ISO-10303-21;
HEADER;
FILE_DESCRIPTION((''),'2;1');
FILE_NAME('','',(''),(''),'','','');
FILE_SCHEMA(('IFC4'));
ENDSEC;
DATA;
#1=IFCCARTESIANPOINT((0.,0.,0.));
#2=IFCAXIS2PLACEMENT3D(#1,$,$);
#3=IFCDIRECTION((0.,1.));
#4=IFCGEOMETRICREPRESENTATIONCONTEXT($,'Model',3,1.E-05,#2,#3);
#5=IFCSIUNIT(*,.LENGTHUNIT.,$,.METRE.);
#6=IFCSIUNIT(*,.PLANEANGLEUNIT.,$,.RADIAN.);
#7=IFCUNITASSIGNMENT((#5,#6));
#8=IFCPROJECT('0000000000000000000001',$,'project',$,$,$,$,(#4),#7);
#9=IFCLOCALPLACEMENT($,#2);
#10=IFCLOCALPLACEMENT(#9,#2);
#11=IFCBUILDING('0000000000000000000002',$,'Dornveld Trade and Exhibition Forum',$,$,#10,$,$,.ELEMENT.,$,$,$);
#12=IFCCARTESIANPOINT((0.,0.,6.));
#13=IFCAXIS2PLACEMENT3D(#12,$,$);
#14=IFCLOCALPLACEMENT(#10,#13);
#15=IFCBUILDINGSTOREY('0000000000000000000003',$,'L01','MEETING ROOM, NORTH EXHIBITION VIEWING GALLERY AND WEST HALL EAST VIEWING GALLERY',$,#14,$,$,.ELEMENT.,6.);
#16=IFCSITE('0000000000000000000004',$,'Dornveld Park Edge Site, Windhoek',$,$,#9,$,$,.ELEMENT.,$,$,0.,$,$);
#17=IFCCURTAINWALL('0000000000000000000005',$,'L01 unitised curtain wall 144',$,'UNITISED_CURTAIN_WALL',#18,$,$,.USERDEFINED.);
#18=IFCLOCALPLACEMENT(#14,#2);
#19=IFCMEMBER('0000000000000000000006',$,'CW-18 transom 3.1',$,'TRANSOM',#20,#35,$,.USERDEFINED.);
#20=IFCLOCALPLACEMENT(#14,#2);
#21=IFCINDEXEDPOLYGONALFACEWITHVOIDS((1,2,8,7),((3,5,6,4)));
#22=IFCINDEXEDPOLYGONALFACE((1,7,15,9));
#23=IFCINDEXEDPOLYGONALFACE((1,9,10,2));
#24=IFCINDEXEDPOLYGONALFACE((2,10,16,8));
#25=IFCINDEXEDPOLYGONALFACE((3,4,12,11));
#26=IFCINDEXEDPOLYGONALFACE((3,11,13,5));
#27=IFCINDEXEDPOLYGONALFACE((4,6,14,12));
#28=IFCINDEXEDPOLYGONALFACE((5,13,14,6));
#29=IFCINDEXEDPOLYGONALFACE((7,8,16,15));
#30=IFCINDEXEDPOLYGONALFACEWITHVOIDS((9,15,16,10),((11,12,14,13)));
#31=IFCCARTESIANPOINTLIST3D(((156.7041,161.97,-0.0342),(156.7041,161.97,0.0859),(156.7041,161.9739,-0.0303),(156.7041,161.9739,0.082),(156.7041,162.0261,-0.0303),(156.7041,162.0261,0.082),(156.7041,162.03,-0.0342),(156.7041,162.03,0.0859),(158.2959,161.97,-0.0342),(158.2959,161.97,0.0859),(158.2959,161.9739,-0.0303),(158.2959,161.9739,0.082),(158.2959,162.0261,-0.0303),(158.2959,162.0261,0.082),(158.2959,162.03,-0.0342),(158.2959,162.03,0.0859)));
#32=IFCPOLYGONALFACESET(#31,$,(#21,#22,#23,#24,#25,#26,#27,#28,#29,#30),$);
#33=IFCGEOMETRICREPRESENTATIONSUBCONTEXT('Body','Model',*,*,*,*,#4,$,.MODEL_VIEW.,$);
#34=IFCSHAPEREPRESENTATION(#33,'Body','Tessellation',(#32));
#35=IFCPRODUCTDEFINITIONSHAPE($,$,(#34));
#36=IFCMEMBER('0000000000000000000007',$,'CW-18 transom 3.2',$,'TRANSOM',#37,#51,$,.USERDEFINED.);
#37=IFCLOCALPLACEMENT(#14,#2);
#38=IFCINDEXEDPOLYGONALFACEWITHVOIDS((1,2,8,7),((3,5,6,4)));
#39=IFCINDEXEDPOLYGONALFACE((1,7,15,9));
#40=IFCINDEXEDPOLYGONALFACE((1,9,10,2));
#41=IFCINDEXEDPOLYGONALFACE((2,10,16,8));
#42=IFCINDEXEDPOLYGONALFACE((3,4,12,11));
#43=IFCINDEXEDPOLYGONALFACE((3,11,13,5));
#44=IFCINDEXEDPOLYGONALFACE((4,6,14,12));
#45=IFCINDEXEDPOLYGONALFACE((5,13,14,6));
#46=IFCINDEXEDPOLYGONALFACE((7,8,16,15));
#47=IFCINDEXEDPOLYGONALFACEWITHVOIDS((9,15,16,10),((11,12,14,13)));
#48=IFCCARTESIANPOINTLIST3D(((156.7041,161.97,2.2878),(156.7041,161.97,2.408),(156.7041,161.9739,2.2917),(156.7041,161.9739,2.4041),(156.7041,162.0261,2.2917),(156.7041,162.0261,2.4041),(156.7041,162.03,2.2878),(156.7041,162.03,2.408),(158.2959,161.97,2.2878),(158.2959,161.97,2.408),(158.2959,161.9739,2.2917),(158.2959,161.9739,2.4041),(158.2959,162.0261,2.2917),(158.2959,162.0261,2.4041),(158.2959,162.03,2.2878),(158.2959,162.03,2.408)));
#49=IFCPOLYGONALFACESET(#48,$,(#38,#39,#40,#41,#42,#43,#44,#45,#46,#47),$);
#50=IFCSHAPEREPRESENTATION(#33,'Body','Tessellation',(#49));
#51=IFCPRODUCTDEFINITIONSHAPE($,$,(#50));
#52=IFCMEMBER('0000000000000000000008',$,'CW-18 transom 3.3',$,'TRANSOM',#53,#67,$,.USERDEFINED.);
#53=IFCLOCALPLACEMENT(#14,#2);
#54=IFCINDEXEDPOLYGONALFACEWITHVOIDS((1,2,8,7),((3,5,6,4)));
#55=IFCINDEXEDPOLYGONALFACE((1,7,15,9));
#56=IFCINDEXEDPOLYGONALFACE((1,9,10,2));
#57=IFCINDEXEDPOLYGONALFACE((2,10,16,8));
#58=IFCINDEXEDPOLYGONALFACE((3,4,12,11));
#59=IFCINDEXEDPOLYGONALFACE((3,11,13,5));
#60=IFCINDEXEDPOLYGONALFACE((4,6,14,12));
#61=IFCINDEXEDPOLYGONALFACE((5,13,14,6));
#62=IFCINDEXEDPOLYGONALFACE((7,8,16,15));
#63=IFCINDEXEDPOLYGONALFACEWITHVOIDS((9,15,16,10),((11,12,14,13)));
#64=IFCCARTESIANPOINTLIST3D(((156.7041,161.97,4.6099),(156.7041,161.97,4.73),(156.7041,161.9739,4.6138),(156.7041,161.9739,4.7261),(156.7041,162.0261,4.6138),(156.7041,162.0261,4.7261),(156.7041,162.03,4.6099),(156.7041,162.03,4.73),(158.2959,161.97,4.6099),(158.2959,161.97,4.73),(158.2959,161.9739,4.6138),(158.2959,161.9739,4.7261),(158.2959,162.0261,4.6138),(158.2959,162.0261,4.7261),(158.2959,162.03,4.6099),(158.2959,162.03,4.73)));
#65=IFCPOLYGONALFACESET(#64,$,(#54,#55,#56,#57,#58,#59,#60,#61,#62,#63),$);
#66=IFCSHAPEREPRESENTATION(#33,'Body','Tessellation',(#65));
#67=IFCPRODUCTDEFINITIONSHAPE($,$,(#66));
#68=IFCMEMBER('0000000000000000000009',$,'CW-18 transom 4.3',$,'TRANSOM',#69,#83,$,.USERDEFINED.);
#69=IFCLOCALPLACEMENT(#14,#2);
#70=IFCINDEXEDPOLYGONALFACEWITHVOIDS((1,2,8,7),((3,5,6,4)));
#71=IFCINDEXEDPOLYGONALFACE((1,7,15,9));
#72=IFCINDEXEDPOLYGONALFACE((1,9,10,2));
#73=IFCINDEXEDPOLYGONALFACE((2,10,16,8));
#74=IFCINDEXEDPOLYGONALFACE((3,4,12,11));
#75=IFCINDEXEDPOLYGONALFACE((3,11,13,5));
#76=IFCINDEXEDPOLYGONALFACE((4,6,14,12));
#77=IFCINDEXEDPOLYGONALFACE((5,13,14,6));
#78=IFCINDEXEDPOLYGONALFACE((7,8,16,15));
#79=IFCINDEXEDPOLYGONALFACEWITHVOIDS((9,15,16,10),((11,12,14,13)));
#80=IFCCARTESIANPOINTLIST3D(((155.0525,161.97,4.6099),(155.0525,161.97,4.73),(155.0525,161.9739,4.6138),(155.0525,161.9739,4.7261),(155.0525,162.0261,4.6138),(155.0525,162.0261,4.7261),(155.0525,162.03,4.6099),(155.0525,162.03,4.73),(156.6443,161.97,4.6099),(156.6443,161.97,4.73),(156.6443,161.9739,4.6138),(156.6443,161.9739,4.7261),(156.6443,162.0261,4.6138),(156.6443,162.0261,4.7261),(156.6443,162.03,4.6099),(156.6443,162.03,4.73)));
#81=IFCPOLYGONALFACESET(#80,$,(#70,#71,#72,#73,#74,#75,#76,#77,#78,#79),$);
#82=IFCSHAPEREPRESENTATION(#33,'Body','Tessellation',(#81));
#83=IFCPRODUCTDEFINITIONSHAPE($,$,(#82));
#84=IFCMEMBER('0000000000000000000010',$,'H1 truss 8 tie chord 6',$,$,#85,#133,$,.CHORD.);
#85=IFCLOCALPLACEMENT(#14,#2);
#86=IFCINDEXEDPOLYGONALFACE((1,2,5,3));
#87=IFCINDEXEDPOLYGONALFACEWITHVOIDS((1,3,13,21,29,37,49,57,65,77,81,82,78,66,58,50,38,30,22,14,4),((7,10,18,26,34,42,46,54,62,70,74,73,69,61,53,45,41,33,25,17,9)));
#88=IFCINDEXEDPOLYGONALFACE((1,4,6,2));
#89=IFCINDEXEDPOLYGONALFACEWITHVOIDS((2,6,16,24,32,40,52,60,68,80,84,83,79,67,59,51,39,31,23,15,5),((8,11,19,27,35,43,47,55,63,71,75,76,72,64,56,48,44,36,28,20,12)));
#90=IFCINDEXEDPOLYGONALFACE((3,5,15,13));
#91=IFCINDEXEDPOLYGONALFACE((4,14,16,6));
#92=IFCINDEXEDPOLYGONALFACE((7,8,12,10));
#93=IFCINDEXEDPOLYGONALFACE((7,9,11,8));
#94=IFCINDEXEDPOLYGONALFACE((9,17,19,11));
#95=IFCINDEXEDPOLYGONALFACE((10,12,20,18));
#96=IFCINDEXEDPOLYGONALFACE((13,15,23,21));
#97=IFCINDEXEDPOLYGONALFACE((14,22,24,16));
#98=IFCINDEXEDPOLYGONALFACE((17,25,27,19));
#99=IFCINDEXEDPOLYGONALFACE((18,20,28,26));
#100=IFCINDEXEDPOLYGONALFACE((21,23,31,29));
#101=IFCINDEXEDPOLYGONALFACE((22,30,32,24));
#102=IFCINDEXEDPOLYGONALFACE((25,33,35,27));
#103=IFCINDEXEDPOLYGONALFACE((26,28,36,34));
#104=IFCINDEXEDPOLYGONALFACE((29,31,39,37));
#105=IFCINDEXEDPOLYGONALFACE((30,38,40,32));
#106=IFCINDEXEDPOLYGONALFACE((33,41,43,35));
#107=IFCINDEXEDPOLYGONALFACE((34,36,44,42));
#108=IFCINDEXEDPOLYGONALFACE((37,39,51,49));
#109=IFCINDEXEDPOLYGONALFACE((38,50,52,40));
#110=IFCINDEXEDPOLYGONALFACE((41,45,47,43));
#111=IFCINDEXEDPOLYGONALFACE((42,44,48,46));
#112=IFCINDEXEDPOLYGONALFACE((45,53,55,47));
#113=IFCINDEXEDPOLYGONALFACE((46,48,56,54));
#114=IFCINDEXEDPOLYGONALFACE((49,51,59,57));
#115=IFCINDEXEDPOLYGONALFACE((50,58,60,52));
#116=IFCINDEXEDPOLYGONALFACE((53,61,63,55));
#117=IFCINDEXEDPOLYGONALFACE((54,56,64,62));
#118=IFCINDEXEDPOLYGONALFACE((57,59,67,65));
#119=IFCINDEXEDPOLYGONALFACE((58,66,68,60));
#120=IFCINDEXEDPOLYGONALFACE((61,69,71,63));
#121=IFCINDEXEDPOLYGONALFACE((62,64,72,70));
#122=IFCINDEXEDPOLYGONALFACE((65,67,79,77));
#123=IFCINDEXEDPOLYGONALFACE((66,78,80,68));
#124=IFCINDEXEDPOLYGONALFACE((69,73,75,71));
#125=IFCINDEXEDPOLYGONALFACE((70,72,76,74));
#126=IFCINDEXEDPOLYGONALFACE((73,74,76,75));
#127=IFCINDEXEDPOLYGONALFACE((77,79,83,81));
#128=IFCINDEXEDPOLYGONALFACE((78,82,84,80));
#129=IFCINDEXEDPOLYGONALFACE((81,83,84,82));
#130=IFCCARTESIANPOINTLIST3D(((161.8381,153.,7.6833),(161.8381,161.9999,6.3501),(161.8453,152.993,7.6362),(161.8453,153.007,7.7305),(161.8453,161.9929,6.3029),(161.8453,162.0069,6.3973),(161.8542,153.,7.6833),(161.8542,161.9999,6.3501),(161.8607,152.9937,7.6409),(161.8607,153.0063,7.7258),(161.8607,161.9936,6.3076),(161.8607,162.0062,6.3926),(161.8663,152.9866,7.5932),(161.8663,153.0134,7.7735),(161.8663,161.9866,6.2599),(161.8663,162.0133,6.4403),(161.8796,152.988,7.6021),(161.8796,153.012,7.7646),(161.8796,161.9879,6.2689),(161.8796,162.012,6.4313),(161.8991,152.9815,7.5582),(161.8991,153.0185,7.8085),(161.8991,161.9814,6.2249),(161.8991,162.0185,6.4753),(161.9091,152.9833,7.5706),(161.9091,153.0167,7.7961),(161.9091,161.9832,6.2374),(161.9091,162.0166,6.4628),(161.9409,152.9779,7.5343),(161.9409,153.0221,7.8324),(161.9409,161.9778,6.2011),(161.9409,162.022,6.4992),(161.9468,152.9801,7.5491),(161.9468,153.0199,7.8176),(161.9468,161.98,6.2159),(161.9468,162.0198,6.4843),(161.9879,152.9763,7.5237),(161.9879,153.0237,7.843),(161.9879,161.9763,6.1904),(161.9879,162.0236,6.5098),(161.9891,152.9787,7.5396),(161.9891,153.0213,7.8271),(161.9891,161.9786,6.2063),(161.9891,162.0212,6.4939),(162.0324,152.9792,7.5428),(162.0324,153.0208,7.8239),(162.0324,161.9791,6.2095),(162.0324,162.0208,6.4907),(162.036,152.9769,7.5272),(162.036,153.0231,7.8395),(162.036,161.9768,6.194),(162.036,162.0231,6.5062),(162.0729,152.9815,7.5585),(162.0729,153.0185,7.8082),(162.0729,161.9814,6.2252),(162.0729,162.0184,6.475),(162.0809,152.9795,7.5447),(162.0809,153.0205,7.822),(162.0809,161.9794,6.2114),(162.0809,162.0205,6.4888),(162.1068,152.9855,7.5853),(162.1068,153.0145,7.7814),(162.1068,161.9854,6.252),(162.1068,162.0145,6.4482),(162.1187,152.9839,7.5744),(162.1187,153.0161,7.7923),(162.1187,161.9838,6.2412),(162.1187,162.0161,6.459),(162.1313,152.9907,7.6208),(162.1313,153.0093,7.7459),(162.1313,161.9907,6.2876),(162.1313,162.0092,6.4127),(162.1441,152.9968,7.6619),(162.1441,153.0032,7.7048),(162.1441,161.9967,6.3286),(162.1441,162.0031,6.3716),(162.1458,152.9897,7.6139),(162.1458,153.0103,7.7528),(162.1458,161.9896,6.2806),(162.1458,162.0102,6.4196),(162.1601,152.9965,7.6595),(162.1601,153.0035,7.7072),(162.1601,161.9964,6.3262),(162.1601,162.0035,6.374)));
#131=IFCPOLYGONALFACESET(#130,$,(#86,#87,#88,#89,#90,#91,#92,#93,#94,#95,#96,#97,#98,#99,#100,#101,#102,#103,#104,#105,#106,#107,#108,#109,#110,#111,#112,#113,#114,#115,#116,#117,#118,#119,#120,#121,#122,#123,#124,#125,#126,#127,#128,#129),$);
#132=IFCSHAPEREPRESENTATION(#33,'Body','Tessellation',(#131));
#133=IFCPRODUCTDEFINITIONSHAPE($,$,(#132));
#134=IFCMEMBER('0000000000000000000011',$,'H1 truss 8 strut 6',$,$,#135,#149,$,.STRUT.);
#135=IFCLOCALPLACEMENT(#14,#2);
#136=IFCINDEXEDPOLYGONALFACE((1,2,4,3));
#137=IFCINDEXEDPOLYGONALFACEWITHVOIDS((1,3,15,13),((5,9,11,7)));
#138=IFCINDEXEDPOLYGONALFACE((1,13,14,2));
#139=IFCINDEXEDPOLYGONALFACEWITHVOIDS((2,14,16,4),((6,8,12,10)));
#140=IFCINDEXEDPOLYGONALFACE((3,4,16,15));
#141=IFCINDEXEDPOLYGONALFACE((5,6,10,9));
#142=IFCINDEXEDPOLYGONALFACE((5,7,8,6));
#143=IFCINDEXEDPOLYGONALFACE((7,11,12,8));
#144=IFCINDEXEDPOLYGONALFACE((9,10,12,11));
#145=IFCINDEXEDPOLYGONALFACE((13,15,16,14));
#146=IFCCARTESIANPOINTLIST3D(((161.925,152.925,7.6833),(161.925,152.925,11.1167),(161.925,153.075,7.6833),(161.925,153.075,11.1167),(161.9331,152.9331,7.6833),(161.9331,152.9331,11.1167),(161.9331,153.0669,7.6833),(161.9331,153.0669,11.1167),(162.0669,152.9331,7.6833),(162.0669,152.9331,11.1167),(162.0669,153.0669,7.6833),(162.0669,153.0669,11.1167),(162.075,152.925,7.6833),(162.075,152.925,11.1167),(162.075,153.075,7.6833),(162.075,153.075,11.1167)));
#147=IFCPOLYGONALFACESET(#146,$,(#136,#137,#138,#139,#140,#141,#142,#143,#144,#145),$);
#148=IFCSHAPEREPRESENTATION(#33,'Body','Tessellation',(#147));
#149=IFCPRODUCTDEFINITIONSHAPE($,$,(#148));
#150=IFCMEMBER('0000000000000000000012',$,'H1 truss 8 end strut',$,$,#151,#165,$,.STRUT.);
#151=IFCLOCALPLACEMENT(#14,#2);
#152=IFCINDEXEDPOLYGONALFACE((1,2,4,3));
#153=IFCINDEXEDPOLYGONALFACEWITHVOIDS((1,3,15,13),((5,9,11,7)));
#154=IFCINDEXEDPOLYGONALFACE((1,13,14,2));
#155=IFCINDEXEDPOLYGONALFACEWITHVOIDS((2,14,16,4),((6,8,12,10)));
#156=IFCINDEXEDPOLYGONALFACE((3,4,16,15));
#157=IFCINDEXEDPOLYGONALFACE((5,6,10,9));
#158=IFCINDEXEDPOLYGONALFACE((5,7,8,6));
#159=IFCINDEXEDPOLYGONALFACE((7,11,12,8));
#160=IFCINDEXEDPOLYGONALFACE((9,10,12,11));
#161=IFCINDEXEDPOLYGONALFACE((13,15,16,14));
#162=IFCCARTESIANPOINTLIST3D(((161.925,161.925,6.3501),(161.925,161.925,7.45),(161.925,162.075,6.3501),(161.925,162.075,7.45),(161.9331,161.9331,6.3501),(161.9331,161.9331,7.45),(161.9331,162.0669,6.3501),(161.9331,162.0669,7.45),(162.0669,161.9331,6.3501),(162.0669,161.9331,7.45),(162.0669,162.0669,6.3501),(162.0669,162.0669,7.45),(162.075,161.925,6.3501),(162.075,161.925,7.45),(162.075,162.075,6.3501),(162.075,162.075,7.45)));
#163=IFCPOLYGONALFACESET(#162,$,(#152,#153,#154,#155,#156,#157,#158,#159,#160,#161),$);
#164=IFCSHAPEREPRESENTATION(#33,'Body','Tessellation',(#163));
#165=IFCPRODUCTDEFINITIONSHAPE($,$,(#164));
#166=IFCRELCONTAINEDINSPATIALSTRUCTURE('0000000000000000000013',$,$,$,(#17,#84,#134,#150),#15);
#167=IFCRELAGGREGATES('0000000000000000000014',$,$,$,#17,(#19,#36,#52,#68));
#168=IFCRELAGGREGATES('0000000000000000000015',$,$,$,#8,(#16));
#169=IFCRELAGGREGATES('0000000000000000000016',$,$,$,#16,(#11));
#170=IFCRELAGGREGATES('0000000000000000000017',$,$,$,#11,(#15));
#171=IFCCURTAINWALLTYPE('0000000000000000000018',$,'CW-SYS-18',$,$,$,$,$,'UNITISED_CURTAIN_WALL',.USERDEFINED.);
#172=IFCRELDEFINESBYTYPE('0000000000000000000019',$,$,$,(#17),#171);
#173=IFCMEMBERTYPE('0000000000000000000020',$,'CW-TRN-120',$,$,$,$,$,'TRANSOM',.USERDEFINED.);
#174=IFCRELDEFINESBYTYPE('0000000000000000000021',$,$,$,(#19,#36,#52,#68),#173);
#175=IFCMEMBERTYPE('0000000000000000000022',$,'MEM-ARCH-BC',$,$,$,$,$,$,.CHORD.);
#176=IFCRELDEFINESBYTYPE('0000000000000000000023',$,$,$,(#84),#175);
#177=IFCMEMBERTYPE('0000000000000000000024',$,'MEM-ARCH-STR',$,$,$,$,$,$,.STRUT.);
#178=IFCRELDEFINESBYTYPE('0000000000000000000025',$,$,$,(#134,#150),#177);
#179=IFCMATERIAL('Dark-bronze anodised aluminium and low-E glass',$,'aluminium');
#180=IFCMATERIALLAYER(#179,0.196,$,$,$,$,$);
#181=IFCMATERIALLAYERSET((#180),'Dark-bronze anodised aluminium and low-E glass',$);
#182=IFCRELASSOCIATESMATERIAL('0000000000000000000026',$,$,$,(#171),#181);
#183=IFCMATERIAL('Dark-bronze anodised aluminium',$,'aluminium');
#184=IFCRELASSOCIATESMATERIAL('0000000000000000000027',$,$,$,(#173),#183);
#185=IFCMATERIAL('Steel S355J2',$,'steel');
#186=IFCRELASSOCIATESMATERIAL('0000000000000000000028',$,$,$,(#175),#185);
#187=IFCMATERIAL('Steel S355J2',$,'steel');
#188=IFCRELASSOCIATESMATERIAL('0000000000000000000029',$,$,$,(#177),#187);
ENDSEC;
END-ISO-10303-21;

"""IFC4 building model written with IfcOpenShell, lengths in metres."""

from ifc_helpers import new_model, si_unit, direction, frame, origin, origin_2d, place, context, subcontext, project, spatial, hollow_rectangle, hollow_circle, extrude, material, layer, layer_set, material_profile, profile_set, type_object, element, aggregate, save


model = new_model("IFC4")

# Units and contexts
model_context = context("Model", 3, precision=1e-05, world=origin(), true_north=direction((0.0, 1.0)))
body_context = subcontext(model_context, "Body", "Model", "MODEL_VIEW")
ifc_project = project(units=[si_unit("LENGTHUNIT", "METRE"), si_unit("PLANEANGLEUNIT", "RADIAN")], contexts=[model_context])

# Site, building, storey
site_placement = place(None, origin())
site = spatial("IfcSite", under=ifc_project, at=site_placement, Name="Dornveld Park Edge Site, Windhoek", CompositionType="ELEMENT", RefElevation=0.0)
building_placement = place(site_placement, origin())
building = spatial("IfcBuilding", under=site, at=building_placement, Name="Dornveld Trade and Exhibition Forum", CompositionType="ELEMENT")
storey_placement = place(building_placement, frame((0.0, 0.0, 6.0)))
storey = spatial("IfcBuildingStorey", under=building, at=storey_placement, Name="L01", Description="MEETING ROOM, NORTH EXHIBITION VIEWING GALLERY AND WEST HALL EAST VIEWING GALLERY", CompositionType="ELEMENT", Elevation=6.0)

# Curtain wall, members
ifc_material_1 = material(Name="Dark-bronze anodised aluminium and low-E glass", Category="aluminium")
ifc_layer_1 = layer(ifc_material_1, 0.196)
ifc_layer_set_1 = layer_set([ifc_layer_1], Name="Dark-bronze anodised aluminium and low-E glass")
curtain_wall_type = type_object("IfcCurtainWallType", Name="CW-SYS-18", ElementType="UNITISED_CURTAIN_WALL", PredefinedType="USERDEFINED", material=ifc_layer_set_1)
curtain_wall_placement = place(storey_placement, origin())
curtain_wall = element("IfcCurtainWall", 1, at=curtain_wall_placement, inside=storey, type_object=curtain_wall_type, Name="L01 unitised curtain wall 144", ObjectType="UNITISED_CURTAIN_WALL", PredefinedType="USERDEFINED")
ifc_material_2 = material(Name="Dark-bronze anodised aluminium", Category="aluminium")
ifc_material_profile_1 = material_profile(ifc_material_2, hollow_rectangle(XDim=0.0601, YDim=0.1201, WallThickness=0.0039, at=origin_2d()), Name="RHS 120x60x4")
ifc_profile_set_1 = profile_set([ifc_material_profile_1], Name="Dark-bronze anodised aluminium")
member_type_1 = type_object("IfcMemberType", Name="CW-TRN-120", ElementType="TRANSOM", PredefinedType="USERDEFINED", material=ifc_profile_set_1)
member_1_placement = place(storey_placement, frame((158.2959, 162.0, 0.0259), z_axis=(-1.0, 0.0, 0.0), x_axis=(0.0, -1.0, 0.0)))
member_1 = element("IfcMember", 2, at=member_1_placement, type_object=member_type_1, Name="CW-18 transom 3.1", ObjectType="TRANSOM", PredefinedType="USERDEFINED", context=body_context, shape_type="SweptSolid", body=[
    extrude(hollow_rectangle(XDim=0.0601, YDim=0.1201, WallThickness=0.0039, at=origin_2d()), origin(), (0.0, 0.0, 1.0), 1.5918),
])
member_2_placement = place(storey_placement, frame((158.2959, 162.0, 2.3479), z_axis=(-1.0, 0.0, 0.0), x_axis=(0.0, -1.0, 0.0)))
member_2 = element("IfcMember", 3, at=member_2_placement, type_object=member_type_1, Name="CW-18 transom 3.2", ObjectType="TRANSOM", PredefinedType="USERDEFINED", context=body_context, shape_type="SweptSolid", body=[
    extrude(hollow_rectangle(XDim=0.0601, YDim=0.1201, WallThickness=0.0039, at=origin_2d()), origin(), (0.0, 0.0, 1.0), 1.5918),
])
member_3_placement = place(storey_placement, frame((158.2959, 162.0, 4.6699), z_axis=(-1.0, 0.0, 0.0), x_axis=(0.0, -1.0, 0.0)))
member_3 = element("IfcMember", 4, at=member_3_placement, type_object=member_type_1, Name="CW-18 transom 3.3", ObjectType="TRANSOM", PredefinedType="USERDEFINED", context=body_context, shape_type="SweptSolid", body=[
    extrude(hollow_rectangle(XDim=0.0601, YDim=0.1201, WallThickness=0.0039, at=origin_2d()), origin(), (0.0, 0.0, 1.0), 1.5918),
])
member_4_placement = place(storey_placement, frame((156.6443, 162.0, 4.6699), z_axis=(-1.0, 0.0, 0.0), x_axis=(0.0, -1.0, 0.0)))
member_4 = element("IfcMember", 5, at=member_4_placement, type_object=member_type_1, Name="CW-18 transom 4.3", ObjectType="TRANSOM", PredefinedType="USERDEFINED", context=body_context, shape_type="SweptSolid", body=[
    extrude(hollow_rectangle(XDim=0.0601, YDim=0.1201, WallThickness=0.0039, at=origin_2d()), origin(), (0.0, 0.0, 1.0), 1.5918),
])

# Members
ifc_material_3 = material(Name="Steel S355J2", Category="steel")
ifc_material_profile_2 = material_profile(ifc_material_3, hollow_circle(Radius=0.1619, WallThickness=0.0161, at=origin_2d()), Name="CHS 323.9x16")
ifc_profile_set_2 = profile_set([ifc_material_profile_2], Name="Steel S355J2")
member_type_2 = type_object("IfcMemberType", Name="MEM-ARCH-BC", PredefinedType="CHORD", material=ifc_profile_set_2)
member_5_placement = place(storey_placement, frame((162.0, 153.0, 7.6833), z_axis=(0.0, 0.989205, -0.14654), x_axis=(-1.0, 0.0, 0.0)))
element("IfcMember", 6, at=member_5_placement, inside=storey, type_object=member_type_2, Name="H1 truss 8 tie chord 6", PredefinedType="CHORD", context=body_context, shape_type="SweptSolid", body=[
    extrude(hollow_circle(Radius=0.1619, WallThickness=0.0161, at=origin_2d()), origin(), (0.0, 0.0, 1.0), 9.0981),
])
ifc_material_4 = material(Name="Steel S355J2", Category="steel")
ifc_material_profile_3 = material_profile(ifc_material_4, hollow_rectangle(XDim=0.1499, YDim=0.1499, WallThickness=0.0081, at=origin_2d()), Name="SHS 150x150x8")
ifc_profile_set_3 = profile_set([ifc_material_profile_3], Name="Steel S355J2")
member_type_3 = type_object("IfcMemberType", Name="MEM-ARCH-STR", PredefinedType="STRUT", material=ifc_profile_set_3)
member_6_placement = place(storey_placement, frame((162.0, 153.0, 7.6833), z_axis=(0.0, 0.0, 1.0), x_axis=(1.0, 0.0, 0.0)))
element("IfcMember", 7, at=member_6_placement, inside=storey, type_object=member_type_3, Name="H1 truss 8 strut 6", PredefinedType="STRUT", context=body_context, shape_type="SweptSolid", body=[
    extrude(hollow_rectangle(XDim=0.1499, YDim=0.1499, WallThickness=0.0081, at=origin_2d()), origin(), (0.0, 0.0, 1.0), 3.4333),
])
member_7_placement = place(storey_placement, frame((162.0, 162.0, 6.3501), z_axis=(0.0, 0.0, 1.0), x_axis=(1.0, 0.0, 0.0)))
element("IfcMember", 8, at=member_7_placement, inside=storey, type_object=member_type_3, Name="H1 truss 8 end strut", PredefinedType="STRUT", context=body_context, shape_type="SweptSolid", body=[
    extrude(hollow_rectangle(XDim=0.1499, YDim=0.1499, WallThickness=0.0081, at=origin_2d()), origin(), (0.0, 0.0, 1.0), 1.0999),
])

aggregate(curtain_wall, [member_1, member_2, member_3, member_4])

save(model, "model.ifc")
